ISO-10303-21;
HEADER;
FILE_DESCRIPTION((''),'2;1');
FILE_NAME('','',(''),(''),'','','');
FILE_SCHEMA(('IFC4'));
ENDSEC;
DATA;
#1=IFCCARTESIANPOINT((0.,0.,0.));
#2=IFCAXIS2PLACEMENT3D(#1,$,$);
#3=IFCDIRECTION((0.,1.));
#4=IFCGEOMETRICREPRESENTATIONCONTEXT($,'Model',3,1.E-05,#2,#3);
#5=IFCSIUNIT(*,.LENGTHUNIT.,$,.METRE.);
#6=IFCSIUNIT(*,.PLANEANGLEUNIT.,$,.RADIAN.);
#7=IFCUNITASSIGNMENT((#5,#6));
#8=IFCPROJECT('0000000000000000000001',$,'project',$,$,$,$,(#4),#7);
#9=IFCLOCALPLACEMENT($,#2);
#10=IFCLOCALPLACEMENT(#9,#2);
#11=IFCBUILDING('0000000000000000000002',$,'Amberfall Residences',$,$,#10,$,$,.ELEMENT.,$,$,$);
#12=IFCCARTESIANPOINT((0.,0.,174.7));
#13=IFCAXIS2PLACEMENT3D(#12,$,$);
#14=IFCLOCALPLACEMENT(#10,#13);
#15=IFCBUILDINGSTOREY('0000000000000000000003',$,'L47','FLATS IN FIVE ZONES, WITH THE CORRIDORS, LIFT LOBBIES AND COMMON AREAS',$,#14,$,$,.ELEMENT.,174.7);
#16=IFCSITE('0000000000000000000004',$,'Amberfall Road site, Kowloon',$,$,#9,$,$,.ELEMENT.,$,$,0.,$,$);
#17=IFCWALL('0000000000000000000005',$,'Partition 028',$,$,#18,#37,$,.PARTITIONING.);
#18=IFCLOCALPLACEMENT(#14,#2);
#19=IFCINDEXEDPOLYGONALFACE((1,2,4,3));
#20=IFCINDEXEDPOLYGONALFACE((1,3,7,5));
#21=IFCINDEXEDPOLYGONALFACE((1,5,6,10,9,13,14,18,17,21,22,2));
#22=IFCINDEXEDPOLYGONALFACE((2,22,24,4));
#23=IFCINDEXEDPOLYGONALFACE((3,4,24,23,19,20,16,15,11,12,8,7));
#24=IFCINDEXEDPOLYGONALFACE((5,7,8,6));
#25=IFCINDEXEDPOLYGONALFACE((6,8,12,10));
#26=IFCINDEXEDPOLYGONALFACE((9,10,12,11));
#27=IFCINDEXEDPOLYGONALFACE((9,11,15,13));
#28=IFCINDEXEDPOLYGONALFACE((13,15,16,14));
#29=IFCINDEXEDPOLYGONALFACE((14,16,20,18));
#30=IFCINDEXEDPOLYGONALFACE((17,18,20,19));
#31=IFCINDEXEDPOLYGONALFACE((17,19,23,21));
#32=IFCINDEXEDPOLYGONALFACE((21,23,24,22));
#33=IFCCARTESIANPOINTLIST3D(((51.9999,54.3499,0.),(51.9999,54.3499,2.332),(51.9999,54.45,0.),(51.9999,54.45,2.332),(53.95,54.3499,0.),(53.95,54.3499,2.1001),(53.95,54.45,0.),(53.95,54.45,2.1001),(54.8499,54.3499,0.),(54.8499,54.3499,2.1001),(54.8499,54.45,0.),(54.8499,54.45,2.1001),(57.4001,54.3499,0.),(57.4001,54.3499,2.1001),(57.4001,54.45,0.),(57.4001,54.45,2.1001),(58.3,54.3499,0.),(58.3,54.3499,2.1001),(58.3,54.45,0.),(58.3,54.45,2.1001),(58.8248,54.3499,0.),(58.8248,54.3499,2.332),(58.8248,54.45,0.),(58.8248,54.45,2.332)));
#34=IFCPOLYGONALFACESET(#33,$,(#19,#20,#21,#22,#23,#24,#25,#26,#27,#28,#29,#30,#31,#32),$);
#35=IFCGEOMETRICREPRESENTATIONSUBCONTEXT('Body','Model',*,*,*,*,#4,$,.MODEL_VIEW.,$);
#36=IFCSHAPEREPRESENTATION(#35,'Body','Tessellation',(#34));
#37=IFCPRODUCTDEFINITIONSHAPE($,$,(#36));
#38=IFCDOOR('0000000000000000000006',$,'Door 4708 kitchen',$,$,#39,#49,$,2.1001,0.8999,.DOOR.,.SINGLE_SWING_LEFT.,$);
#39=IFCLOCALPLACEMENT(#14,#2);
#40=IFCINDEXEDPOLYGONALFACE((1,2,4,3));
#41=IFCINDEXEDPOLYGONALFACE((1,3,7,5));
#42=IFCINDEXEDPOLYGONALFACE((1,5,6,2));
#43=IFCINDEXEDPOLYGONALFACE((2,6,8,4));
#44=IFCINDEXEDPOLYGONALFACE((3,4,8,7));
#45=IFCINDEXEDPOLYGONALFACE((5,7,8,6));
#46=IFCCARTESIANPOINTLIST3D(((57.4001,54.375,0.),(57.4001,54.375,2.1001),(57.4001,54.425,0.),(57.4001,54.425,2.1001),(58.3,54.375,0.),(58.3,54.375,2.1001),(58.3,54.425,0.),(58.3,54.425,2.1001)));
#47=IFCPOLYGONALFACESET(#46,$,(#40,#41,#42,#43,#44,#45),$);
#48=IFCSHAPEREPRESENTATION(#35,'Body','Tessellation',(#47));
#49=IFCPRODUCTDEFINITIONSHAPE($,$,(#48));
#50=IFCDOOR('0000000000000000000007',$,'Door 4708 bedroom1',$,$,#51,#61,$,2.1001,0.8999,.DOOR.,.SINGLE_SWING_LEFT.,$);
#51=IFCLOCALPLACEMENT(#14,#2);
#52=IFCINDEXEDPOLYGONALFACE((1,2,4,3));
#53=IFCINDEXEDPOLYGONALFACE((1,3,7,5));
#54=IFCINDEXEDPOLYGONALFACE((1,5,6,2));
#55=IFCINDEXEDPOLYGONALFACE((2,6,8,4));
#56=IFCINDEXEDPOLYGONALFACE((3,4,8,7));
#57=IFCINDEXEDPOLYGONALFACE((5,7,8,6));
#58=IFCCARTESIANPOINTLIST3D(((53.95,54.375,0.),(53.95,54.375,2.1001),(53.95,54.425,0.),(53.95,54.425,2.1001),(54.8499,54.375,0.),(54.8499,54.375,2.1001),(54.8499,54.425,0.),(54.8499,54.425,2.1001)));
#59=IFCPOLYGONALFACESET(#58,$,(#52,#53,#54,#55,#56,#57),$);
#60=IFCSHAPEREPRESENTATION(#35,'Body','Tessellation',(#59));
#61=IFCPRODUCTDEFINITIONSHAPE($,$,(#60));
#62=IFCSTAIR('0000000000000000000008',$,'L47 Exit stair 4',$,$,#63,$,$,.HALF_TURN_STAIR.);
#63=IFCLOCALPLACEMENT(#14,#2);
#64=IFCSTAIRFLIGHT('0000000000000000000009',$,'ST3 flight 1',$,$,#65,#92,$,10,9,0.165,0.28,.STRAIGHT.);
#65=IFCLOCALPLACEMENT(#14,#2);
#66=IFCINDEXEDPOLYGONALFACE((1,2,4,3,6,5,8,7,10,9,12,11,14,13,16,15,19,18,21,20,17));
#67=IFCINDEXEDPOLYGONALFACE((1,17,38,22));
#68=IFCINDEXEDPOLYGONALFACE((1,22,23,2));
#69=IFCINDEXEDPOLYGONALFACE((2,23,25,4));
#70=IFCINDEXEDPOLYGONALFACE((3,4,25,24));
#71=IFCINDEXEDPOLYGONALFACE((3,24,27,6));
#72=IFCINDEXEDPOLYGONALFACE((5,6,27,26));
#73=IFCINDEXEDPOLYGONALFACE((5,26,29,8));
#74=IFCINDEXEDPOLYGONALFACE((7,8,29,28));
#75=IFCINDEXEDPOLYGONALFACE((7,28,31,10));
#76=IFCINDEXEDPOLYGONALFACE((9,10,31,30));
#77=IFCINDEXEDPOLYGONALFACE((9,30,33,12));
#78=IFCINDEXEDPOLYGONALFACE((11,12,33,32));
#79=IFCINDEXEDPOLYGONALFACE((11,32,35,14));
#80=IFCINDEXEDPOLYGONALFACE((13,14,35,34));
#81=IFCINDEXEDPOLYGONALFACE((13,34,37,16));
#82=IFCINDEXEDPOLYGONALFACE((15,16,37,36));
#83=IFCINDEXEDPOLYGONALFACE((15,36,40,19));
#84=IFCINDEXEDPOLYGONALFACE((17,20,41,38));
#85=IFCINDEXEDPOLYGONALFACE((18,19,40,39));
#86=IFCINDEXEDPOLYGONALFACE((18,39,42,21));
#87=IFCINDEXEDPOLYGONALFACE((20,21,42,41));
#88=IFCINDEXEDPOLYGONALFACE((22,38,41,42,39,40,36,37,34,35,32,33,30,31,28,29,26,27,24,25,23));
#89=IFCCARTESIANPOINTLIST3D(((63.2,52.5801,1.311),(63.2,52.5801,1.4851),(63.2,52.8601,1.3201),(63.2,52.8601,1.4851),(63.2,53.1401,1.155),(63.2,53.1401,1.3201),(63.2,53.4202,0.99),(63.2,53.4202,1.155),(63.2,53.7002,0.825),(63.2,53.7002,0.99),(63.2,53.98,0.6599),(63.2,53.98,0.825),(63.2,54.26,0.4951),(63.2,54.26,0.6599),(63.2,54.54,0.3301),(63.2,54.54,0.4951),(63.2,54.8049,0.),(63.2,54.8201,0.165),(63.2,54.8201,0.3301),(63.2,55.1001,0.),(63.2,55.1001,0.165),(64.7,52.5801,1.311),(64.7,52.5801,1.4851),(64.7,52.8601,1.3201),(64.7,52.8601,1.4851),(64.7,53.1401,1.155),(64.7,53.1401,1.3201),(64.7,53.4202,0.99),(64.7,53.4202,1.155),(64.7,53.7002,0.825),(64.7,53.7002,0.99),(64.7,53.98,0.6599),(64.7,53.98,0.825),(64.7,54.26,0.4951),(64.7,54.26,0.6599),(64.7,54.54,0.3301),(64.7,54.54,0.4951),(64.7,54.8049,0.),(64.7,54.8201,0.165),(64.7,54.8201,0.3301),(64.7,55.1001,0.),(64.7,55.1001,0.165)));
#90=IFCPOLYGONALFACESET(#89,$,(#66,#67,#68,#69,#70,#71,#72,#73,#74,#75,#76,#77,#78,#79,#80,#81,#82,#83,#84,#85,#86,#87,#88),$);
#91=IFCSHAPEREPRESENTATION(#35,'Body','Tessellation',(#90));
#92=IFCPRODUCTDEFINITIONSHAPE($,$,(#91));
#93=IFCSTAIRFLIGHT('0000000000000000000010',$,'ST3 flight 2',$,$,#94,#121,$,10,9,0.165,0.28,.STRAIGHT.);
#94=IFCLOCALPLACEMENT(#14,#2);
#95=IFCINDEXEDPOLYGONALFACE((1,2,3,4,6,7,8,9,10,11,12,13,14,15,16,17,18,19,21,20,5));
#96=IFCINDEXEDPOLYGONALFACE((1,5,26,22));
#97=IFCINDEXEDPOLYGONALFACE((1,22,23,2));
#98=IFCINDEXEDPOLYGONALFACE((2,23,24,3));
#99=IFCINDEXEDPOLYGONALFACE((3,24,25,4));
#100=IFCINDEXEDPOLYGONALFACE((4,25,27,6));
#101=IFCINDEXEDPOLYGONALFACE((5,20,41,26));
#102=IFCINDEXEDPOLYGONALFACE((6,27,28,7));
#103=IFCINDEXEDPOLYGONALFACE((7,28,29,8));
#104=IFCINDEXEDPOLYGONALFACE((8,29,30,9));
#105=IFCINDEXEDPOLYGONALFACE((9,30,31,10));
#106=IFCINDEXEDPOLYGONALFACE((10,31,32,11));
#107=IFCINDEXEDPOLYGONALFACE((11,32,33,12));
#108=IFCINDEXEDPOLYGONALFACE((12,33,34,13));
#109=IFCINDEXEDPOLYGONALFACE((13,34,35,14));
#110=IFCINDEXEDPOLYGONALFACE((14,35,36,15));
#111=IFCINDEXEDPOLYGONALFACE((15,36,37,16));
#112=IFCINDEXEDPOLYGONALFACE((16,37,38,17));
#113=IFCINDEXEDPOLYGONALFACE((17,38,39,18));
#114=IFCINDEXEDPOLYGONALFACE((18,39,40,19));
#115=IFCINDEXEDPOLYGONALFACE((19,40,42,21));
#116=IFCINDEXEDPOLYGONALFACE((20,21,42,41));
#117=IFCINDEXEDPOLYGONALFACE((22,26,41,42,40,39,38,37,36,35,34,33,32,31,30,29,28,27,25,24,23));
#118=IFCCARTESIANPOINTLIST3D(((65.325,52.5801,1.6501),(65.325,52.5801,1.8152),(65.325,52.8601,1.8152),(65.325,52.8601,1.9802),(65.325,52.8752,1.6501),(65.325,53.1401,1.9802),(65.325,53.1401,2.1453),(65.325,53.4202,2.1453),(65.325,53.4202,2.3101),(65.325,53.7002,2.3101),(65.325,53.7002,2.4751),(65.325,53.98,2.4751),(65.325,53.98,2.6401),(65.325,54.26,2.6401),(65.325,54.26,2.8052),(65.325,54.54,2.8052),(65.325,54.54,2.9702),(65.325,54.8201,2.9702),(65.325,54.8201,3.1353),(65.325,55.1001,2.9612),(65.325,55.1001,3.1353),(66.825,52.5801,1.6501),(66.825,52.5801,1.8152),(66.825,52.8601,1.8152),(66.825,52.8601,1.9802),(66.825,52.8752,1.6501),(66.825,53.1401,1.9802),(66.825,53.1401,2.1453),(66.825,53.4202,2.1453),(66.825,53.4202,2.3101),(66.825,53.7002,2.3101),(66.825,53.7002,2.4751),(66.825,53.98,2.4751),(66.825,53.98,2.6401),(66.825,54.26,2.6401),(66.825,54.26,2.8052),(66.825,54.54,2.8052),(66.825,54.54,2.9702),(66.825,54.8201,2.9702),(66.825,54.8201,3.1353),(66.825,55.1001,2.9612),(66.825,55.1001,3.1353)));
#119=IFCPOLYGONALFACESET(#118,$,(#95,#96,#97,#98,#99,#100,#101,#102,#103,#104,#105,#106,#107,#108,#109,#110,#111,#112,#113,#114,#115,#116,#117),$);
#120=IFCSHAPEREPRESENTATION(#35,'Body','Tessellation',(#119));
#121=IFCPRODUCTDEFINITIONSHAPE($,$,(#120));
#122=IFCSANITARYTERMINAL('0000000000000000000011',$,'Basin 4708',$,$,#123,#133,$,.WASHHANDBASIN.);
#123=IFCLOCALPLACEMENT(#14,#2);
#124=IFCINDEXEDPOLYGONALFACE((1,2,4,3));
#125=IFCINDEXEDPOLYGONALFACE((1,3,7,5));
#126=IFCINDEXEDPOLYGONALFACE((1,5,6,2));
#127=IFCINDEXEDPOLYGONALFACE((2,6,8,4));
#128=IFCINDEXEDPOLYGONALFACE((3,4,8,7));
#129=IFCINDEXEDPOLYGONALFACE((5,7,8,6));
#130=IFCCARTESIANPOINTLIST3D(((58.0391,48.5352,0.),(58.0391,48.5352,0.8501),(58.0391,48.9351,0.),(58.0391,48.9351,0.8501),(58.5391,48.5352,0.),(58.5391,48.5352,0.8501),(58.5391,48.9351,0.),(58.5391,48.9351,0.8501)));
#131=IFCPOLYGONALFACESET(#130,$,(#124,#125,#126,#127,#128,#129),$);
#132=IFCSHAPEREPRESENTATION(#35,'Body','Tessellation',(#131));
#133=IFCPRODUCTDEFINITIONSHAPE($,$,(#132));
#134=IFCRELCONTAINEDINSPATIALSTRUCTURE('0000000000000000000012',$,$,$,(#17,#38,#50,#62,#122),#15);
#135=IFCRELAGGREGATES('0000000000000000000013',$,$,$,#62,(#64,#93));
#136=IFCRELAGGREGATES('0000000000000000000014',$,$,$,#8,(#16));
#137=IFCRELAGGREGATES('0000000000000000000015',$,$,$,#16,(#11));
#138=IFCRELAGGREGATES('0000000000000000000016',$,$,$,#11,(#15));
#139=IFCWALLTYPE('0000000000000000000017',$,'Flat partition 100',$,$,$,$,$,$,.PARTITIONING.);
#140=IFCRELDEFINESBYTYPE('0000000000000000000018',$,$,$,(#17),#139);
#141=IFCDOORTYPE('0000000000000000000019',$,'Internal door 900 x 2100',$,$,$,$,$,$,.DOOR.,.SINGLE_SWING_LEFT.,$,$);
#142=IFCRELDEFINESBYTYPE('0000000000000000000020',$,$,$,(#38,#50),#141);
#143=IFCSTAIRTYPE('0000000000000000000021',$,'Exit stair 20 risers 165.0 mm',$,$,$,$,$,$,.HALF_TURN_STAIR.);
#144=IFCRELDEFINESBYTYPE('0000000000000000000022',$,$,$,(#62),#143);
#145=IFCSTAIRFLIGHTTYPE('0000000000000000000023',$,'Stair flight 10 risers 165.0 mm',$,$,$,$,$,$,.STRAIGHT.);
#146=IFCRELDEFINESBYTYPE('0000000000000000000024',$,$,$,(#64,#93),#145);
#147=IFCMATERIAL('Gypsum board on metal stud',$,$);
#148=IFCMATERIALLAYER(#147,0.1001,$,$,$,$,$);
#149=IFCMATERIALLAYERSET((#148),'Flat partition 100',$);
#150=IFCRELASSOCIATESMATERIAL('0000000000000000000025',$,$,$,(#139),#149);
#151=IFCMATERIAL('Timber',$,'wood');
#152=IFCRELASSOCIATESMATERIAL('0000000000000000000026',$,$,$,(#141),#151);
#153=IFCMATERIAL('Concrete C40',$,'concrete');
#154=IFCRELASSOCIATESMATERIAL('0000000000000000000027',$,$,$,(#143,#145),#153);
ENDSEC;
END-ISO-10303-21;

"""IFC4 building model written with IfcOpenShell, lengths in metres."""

from ifc_helpers import new_model, si_unit, direction, frame, frame_2d, origin, origin_2d, place, context, subcontext, project, spatial, polyline, rectangle, outline, extrude, material, layer, layer_set, type_object, element, fill, aggregate, save


model = new_model("IFC4")

# Units and contexts
model_context = context("Model", 3, precision=1e-05, world=origin(), true_north=direction((0.0, 1.0)))
body_context = subcontext(model_context, "Body", "Model", "MODEL_VIEW")
ifc_project = project(units=[si_unit("LENGTHUNIT", "METRE"), si_unit("PLANEANGLEUNIT", "RADIAN")], contexts=[model_context])

# Site, building, storey
site_placement = place(None, origin())
site = spatial("IfcSite", under=ifc_project, at=site_placement, Name="Amberfall Road site, Kowloon", CompositionType="ELEMENT", RefElevation=0.0)
building_placement = place(site_placement, origin())
building = spatial("IfcBuilding", under=site, at=building_placement, Name="Amberfall Residences", CompositionType="ELEMENT")
storey_placement = place(building_placement, frame((0.0, 0.0, 174.7)))
storey = spatial("IfcBuildingStorey", under=building, at=storey_placement, Name="L47", Description="FLATS IN FIVE ZONES, WITH THE CORRIDORS, LIFT LOBBIES AND COMMON AREAS", CompositionType="ELEMENT", Elevation=174.7)

# Wall, openings, doors
ifc_material_1 = material(Name="Gypsum board on metal stud")
ifc_layer_1 = layer(ifc_material_1, 0.1001)
ifc_layer_set_1 = layer_set([ifc_layer_1], Name="Flat partition 100")
wall_type_1 = type_object("IfcWallType", Name="Flat partition 100", PredefinedType="PARTITIONING", material=ifc_layer_set_1)
wall_1_placement = place(storey_placement, frame((58.825, 54.3999, 0.0), z_axis=(0.0, 0.0, 1.0), x_axis=(-1.0, 0.0, 0.0)))
wall_1 = element("IfcWall", 1, at=wall_1_placement, inside=storey, type_object=wall_type_1, Name="Partition 028", PredefinedType="PARTITIONING", context=body_context, shape_type="SweptSolid", body=[
    extrude(rectangle(XDim=6.825, YDim=0.1001, at=frame_2d((3.4126, 0.0))), origin(), (0.0, 0.0, 1.0), 2.332),
])
opening_1_placement = place(wall_1_placement, frame((0.5249, 0.0, 0.0)))
opening_1 = element("IfcOpeningElement", 2, at=opening_1_placement, cuts=wall_1, PredefinedType="OPENING", context=body_context, shape_type="SweptSolid", body=[
    extrude(rectangle(XDim=0.8999, YDim=2.1001, at=frame_2d((0.45, 1.05))), frame((0.0, 0.0601, 0.0), z_axis=(0.0, -1.0, 0.0), x_axis=(1.0, 0.0, 0.0)), (0.0, 0.0, 1.0), 0.1201),
])
opening_2_placement = place(wall_1_placement, frame((3.9751, 0.0, 0.0)))
opening_2 = element("IfcOpeningElement", 3, at=opening_2_placement, cuts=wall_1, PredefinedType="OPENING", context=body_context, shape_type="SweptSolid", body=[
    extrude(rectangle(XDim=0.8999, YDim=2.1001, at=frame_2d((0.45, 1.05))), frame((0.0, 0.0601, 0.0), z_axis=(0.0, -1.0, 0.0), x_axis=(1.0, 0.0, 0.0)), (0.0, 0.0, 1.0), 0.1201),
])
ifc_material_2 = material(Name="Timber", Category="wood")
door_type_1 = type_object("IfcDoorType", Name="Internal door 900 x 2100", OperationType="SINGLE_SWING_LEFT", PredefinedType="DOOR", material=ifc_material_2)
door_1_placement = place(opening_1_placement, origin())
door_1 = element("IfcDoor", 4, at=door_1_placement, inside=storey, type_object=door_type_1, Name="Door 4708 kitchen", OperationType="SINGLE_SWING_LEFT", OverallHeight=2.1001, OverallWidth=0.8999, PredefinedType="DOOR", context=body_context, shape_type="SweptSolid", body=[
    extrude(rectangle(XDim=0.8999, YDim=2.1001, at=frame_2d((0.45, 1.05))), frame((0.0, 0.0249, 0.0), z_axis=(0.0, -1.0, 0.0), x_axis=(1.0, 0.0, 0.0)), (0.0, 0.0, 1.0), 0.05),
])
fill(opening_1, door_1)
door_2_placement = place(opening_2_placement, origin())
door_2 = element("IfcDoor", 5, at=door_2_placement, inside=storey, type_object=door_type_1, Name="Door 4708 bedroom1", OperationType="SINGLE_SWING_LEFT", OverallHeight=2.1001, OverallWidth=0.8999, PredefinedType="DOOR", context=body_context, shape_type="SweptSolid", body=[
    extrude(rectangle(XDim=0.8999, YDim=2.1001, at=frame_2d((0.45, 1.05))), frame((0.0, 0.0249, 0.0), z_axis=(0.0, -1.0, 0.0), x_axis=(1.0, 0.0, 0.0)), (0.0, 0.0, 1.0), 0.05),
])
fill(opening_2, door_2)

# Stair, stair flights
ifc_material_3 = material(Name="Concrete C40", Category="concrete")
stair_type = type_object("IfcStairType", Name="Exit stair 20 risers 165.0 mm", PredefinedType="HALF_TURN_STAIR", material=ifc_material_3)
stair_placement = place(storey_placement, origin())
stair = element("IfcStair", 6, at=stair_placement, inside=storey, type_object=stair_type, Name="L47 Exit stair 4", PredefinedType="HALF_TURN_STAIR")
stair_flight_type = type_object("IfcStairFlightType", Name="Stair flight 10 risers 165.0 mm", PredefinedType="STRAIGHT", material=ifc_material_3)
stair_flight_1_placement = place(storey_placement, frame((63.95, 55.1001, 0.0), z_axis=(0.0, 0.0, 1.0), x_axis=(0.0, -1.0, 0.0)))
stair_flight_1 = element("IfcStairFlight", 7, at=stair_flight_1_placement, type_object=stair_flight_type, Name="ST3 flight 1", NumberOfRisers=10, NumberOfTreads=9, PredefinedType="STRAIGHT", RiserHeight=0.165, TreadLength=0.28, context=body_context, shape_type="SweptSolid", body=[
    extrude(outline(polyline([(0.0, 0.0), (0.0, 0.165), (0.28, 0.165), (0.28, 0.3301), (0.5601, 0.3301), (0.5601, 0.4951), (0.8401, 0.4951), (0.8401, 0.6599), (1.1201, 0.6599), (1.1201, 0.825), (1.3999, 0.825), (1.3999, 0.99), (1.6799, 0.99), (1.6799, 1.155), (1.96, 1.155), (1.96, 1.3201), (2.24, 1.3201), (2.24, 1.4851), (2.52, 1.4851), (2.52, 1.6499), (2.52, 1.311), (0.2952, 0.0), (0.0, 0.0)])), frame((0.0, 0.75, 0.0), z_axis=(0.0, -1.0, 0.0), x_axis=(1.0, 0.0, 0.0)), (0.0, 0.0, 1.0), 1.5),
])
stair_flight_2_placement = place(storey_placement, frame((66.075, 52.5801, 1.6501), z_axis=(0.0, 0.0, 1.0), x_axis=(0.0, 1.0, 0.0)))
stair_flight_2 = element("IfcStairFlight", 8, at=stair_flight_2_placement, type_object=stair_flight_type, Name="ST3 flight 2", NumberOfRisers=10, NumberOfTreads=9, PredefinedType="STRAIGHT", RiserHeight=0.165, TreadLength=0.28, context=body_context, shape_type="SweptSolid", body=[
    extrude(outline(polyline([(0.0, 0.0), (0.0, 0.165), (0.28, 0.165), (0.28, 0.3301), (0.5601, 0.3301), (0.5601, 0.4951), (0.8401, 0.4951), (0.8401, 0.6599), (1.1201, 0.6599), (1.1201, 0.825), (1.3999, 0.825), (1.3999, 0.99), (1.6799, 0.99), (1.6799, 1.155), (1.96, 1.155), (1.96, 1.3201), (2.24, 1.3201), (2.24, 1.4851), (2.52, 1.4851), (2.52, 1.6499), (2.52, 1.311), (0.2952, 0.0), (0.0, 0.0)])), frame((0.0, 0.75, 0.0), z_axis=(0.0, -1.0, 0.0), x_axis=(1.0, 0.0, 0.0)), (0.0, 0.0, 1.0), 1.5),
])
aggregate(stair, [stair_flight_1, stair_flight_2])

# Sanitary terminal
sanitary_terminal_placement = place(storey_placement, frame((58.2891, 48.7351, 0.0), z_axis=(0.0, 0.0, 1.0), x_axis=(1.0, 0.0, 0.0)))
element("IfcSanitaryTerminal", 9, at=sanitary_terminal_placement, inside=storey, Name="Basin 4708", PredefinedType="WASHHANDBASIN", context=body_context, shape_type="SweptSolid", body=[
    extrude(rectangle(XDim=0.5, YDim=0.3999, at=origin_2d()), origin(), (0.0, 0.0, 1.0), 0.8501),
])

save(model, "model.ifc")
